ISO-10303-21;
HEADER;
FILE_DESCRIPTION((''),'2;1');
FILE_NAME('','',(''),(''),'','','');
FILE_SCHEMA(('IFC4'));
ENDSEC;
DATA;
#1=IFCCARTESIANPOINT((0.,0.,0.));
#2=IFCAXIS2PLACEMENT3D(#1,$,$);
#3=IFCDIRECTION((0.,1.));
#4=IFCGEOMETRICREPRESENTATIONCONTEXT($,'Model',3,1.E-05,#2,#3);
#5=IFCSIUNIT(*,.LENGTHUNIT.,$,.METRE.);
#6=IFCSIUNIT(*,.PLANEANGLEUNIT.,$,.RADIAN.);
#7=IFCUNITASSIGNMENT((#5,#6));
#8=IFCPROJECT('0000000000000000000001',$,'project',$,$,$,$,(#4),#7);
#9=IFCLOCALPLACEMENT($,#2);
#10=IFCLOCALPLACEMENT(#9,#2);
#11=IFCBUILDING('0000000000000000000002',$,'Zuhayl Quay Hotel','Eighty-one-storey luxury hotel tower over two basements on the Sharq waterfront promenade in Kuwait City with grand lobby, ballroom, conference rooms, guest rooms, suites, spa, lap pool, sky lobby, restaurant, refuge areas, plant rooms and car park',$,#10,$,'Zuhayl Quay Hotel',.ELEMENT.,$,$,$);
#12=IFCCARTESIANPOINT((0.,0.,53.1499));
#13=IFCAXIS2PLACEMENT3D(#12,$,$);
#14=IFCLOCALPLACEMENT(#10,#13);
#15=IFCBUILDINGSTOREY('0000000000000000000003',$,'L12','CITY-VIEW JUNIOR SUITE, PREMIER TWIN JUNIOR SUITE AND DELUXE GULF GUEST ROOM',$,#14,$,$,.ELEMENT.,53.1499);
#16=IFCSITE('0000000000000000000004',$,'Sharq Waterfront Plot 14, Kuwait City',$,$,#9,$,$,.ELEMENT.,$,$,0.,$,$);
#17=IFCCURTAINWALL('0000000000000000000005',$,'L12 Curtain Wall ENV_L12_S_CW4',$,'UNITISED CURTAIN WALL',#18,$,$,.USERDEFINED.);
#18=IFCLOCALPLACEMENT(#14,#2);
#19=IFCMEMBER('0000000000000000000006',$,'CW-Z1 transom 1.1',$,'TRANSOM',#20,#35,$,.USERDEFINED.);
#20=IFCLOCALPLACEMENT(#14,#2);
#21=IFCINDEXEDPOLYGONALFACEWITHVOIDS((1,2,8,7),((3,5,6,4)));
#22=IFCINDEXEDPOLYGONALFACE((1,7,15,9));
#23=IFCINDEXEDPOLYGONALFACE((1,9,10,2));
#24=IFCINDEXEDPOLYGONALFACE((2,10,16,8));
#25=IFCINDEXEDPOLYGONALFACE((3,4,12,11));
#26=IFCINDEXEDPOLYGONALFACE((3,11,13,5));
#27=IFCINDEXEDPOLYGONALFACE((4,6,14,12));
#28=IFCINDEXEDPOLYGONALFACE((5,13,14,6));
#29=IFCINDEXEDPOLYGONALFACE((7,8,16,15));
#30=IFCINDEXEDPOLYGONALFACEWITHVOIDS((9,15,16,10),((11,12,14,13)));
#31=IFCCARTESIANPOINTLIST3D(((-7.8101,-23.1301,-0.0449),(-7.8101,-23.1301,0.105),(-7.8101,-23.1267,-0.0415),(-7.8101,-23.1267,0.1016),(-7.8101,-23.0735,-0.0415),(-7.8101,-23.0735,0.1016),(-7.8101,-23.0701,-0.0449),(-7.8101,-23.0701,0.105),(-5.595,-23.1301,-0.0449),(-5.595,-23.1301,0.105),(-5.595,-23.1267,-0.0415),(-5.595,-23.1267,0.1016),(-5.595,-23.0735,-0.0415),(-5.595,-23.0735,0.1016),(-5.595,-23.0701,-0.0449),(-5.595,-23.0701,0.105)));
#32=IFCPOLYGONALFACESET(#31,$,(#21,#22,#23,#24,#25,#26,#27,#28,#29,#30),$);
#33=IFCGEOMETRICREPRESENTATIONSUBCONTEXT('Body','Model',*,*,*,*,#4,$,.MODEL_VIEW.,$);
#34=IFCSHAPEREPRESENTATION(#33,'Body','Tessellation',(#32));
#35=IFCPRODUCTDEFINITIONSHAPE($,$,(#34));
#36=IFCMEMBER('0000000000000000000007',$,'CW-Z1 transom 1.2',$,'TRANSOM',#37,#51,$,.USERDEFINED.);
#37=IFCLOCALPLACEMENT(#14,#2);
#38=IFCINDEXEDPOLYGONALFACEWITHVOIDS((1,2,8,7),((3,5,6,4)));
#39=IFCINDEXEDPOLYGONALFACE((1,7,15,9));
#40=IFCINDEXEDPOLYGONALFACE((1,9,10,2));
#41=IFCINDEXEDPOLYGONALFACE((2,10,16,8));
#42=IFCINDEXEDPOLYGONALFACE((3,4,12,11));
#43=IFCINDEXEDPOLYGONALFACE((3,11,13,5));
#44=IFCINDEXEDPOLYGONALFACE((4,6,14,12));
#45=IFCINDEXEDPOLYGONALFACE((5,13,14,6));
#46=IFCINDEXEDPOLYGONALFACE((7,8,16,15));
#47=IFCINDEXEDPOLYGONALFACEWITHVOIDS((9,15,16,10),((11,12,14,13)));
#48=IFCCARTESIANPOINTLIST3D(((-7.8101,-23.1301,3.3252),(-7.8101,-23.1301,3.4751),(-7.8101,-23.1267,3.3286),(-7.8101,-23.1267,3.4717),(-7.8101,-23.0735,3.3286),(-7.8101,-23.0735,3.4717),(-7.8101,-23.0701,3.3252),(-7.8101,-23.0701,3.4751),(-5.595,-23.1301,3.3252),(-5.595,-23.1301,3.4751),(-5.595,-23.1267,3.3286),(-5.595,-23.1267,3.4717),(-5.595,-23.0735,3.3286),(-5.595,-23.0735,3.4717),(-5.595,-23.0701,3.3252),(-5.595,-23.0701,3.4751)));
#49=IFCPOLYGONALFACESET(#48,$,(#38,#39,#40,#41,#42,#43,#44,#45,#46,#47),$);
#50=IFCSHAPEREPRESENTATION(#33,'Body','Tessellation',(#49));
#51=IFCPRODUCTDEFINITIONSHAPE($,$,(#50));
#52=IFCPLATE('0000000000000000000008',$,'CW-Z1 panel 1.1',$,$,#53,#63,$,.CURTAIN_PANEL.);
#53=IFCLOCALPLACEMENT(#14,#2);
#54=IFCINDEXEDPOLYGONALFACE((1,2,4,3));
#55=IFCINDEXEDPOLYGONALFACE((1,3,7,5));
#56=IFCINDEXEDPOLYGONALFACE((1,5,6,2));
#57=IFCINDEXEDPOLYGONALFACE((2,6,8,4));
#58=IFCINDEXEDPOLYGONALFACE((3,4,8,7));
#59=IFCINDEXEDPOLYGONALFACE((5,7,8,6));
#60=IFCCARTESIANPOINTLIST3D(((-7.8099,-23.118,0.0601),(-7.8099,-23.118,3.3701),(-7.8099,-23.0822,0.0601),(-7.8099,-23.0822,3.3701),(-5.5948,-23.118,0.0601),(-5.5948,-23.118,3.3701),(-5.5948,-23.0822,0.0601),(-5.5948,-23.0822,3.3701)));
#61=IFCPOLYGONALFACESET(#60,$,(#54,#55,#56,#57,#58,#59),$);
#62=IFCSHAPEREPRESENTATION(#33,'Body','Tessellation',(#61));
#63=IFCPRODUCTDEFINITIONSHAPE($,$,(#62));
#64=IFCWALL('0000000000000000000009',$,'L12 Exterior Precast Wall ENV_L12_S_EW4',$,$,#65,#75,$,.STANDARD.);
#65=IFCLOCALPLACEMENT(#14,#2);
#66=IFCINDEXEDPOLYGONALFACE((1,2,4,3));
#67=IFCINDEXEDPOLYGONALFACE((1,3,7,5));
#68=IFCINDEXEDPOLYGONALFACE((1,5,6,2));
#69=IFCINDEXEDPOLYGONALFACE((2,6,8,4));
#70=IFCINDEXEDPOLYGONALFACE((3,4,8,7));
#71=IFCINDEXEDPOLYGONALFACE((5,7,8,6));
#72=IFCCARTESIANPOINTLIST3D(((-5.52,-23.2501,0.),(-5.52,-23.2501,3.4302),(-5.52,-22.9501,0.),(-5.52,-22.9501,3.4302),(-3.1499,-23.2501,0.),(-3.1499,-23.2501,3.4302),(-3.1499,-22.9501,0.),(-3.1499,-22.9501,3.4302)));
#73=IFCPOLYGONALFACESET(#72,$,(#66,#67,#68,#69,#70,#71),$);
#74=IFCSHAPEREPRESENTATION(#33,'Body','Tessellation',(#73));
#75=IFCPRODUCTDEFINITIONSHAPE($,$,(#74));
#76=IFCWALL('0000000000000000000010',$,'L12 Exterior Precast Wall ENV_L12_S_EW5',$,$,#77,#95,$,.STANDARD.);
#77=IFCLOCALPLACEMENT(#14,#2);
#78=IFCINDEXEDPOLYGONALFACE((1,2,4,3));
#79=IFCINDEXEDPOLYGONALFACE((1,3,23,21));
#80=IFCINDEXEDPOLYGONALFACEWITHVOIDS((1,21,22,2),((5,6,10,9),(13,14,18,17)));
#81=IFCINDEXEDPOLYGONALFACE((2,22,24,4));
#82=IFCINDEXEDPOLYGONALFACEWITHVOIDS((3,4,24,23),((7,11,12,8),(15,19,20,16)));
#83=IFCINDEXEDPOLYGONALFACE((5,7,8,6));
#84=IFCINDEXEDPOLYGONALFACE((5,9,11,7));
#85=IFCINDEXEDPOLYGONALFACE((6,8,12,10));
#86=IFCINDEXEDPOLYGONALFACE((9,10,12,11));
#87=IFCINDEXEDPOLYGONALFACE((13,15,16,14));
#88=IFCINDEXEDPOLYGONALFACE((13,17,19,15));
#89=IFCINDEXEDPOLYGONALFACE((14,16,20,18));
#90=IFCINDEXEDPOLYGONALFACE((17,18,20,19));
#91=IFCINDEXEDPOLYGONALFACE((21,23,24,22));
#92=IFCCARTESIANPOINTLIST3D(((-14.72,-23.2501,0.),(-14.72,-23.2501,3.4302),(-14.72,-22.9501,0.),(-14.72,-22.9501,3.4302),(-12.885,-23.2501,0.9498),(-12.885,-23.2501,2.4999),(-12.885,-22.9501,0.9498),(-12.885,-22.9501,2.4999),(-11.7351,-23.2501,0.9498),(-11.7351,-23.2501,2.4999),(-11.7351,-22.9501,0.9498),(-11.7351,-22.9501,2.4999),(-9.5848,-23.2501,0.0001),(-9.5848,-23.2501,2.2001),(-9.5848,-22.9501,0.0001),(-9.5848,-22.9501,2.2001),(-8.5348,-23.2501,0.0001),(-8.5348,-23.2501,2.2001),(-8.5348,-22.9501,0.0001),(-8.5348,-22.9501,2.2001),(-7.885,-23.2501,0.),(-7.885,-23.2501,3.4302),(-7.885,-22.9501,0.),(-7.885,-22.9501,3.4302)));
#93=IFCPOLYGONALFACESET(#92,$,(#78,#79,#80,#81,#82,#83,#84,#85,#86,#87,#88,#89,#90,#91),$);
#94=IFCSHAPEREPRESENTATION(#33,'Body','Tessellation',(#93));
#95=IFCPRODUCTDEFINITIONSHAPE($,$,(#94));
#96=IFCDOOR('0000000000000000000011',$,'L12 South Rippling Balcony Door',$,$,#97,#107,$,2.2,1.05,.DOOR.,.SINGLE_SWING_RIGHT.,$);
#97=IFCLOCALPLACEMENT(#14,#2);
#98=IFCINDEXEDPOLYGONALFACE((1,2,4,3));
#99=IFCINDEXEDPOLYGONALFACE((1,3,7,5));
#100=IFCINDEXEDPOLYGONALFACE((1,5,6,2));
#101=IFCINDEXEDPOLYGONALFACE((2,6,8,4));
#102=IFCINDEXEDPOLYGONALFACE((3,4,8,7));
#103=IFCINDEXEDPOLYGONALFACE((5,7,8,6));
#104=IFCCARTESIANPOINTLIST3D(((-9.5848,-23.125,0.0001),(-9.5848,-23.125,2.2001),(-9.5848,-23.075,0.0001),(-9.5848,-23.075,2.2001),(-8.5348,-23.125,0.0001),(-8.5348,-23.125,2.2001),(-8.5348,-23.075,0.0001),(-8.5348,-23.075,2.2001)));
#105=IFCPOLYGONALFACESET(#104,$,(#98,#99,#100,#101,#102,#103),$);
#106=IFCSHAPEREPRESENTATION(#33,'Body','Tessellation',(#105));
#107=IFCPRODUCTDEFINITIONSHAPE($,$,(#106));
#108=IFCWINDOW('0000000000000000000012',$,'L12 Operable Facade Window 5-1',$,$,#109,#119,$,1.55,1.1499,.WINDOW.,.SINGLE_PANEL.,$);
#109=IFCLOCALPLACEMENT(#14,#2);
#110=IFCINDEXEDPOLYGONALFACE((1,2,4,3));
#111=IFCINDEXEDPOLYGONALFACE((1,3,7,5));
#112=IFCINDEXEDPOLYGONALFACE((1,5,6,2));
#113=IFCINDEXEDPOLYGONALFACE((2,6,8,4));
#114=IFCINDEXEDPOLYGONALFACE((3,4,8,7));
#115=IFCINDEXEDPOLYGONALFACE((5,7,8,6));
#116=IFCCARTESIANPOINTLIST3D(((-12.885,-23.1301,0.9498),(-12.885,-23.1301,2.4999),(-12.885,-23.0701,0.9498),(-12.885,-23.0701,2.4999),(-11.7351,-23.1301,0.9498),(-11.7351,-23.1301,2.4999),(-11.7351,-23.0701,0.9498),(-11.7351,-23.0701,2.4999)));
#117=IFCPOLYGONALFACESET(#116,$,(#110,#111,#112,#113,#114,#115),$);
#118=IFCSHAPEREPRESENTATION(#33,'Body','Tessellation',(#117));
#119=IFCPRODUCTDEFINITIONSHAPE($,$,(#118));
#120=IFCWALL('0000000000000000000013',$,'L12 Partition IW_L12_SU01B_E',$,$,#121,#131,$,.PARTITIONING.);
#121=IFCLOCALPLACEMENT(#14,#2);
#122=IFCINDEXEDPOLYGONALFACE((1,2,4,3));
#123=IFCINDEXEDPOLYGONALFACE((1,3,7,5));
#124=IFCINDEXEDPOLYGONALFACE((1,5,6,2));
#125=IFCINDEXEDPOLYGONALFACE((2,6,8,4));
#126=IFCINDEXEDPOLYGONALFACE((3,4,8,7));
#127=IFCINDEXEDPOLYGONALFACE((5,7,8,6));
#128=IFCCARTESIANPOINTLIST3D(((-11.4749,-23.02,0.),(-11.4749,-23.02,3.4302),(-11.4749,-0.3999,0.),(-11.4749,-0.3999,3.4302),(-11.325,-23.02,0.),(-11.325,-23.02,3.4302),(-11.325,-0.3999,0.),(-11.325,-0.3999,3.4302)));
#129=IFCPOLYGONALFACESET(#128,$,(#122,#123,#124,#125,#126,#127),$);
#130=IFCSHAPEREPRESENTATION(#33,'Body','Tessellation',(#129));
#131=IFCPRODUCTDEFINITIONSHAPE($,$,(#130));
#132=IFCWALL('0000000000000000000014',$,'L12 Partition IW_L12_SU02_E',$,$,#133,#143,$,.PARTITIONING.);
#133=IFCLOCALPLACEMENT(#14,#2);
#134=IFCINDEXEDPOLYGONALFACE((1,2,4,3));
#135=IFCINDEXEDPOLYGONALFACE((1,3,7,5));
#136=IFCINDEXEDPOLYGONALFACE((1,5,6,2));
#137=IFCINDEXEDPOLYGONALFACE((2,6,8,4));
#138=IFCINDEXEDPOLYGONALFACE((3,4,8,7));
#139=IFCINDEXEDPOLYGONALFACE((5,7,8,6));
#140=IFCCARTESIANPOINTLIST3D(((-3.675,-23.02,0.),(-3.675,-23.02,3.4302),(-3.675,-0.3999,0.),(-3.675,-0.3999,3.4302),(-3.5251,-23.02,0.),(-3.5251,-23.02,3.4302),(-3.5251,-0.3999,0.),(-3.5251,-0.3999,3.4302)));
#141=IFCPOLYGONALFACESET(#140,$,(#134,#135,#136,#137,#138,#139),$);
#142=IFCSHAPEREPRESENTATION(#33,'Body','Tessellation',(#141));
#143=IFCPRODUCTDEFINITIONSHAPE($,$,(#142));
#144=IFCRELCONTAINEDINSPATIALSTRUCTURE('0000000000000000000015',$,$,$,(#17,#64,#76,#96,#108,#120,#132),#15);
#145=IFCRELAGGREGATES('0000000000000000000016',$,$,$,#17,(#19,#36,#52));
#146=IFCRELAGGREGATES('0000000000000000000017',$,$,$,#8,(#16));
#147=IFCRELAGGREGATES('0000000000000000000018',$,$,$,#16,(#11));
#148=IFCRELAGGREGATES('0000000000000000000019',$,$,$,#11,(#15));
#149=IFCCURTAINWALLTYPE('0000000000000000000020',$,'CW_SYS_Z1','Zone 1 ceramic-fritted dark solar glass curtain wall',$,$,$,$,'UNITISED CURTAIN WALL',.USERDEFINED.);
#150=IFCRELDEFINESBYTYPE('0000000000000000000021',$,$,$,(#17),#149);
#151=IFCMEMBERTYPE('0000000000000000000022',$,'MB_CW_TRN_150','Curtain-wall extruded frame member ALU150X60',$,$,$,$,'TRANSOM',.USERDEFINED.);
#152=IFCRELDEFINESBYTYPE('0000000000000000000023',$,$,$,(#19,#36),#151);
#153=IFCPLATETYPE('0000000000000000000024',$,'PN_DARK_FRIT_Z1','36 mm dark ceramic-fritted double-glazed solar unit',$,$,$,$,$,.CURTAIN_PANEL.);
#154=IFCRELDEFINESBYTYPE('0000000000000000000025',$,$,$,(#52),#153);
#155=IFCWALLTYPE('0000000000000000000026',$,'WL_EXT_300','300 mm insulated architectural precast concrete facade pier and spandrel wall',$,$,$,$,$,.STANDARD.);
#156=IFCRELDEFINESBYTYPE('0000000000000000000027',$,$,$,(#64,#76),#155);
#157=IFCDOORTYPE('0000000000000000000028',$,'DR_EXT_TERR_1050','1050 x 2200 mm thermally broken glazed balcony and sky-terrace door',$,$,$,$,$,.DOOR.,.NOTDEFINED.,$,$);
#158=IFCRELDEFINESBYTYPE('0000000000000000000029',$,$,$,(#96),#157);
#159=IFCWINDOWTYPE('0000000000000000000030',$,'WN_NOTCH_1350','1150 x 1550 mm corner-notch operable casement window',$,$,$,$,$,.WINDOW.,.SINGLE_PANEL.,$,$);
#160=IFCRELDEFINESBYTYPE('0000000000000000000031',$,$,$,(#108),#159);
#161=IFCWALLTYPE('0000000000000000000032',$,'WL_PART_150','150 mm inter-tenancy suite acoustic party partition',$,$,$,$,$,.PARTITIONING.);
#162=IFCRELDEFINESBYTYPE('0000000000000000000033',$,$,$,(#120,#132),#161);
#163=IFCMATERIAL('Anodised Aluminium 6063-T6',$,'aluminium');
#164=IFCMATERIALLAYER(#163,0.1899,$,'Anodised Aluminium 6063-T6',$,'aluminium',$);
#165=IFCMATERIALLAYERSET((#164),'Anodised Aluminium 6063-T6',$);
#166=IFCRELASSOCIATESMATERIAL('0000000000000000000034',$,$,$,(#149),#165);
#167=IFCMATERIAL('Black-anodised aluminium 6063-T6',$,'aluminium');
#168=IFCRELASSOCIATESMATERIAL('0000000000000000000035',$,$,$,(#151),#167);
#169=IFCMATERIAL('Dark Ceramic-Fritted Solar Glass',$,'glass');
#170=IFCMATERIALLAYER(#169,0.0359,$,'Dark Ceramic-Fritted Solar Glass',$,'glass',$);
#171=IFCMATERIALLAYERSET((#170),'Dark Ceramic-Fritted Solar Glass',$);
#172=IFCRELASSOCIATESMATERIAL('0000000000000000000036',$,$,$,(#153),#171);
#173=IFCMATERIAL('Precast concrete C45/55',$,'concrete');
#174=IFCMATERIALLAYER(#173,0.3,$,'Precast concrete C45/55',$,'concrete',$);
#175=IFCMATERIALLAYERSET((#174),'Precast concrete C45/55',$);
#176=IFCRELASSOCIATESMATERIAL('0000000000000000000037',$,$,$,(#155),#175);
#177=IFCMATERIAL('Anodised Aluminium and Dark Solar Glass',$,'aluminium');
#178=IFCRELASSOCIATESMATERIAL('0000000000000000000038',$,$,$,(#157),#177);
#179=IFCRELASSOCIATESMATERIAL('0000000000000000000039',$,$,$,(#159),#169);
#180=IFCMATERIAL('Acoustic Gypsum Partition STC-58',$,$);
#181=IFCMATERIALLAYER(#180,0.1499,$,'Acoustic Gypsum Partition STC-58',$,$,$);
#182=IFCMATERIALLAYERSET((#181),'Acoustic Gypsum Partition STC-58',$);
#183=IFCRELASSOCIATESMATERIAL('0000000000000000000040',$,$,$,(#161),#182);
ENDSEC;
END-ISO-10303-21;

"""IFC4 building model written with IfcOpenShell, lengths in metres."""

from ifc_helpers import new_model, si_unit, direction, frame, frame_2d, origin, origin_2d, place, context, subcontext, project, spatial, rectangle, hollow_rectangle, extrude, material, layer, layer_set, material_profile, profile_set, type_object, element, fill, aggregate, save


model = new_model("IFC4")

# Units and contexts
model_context = context("Model", 3, precision=1e-05, world=origin(), true_north=direction((0.0, 1.0)))
body_context = subcontext(model_context, "Body", "Model", "MODEL_VIEW")
ifc_project = project(units=[si_unit("LENGTHUNIT", "METRE"), si_unit("PLANEANGLEUNIT", "RADIAN")], contexts=[model_context])

# Site, building, storey
site_placement = place(None, origin())
site = spatial("IfcSite", under=ifc_project, at=site_placement, Name="Sharq Waterfront Plot 14, Kuwait City", CompositionType="ELEMENT", RefElevation=0.0)
building_placement = place(site_placement, origin())
building = spatial("IfcBuilding", under=site, at=building_placement, Name="Zuhayl Quay Hotel", Description="Eighty-one-storey luxury hotel tower over two basements on the Sharq waterfront promenade in Kuwait City with grand lobby, ballroom, conference rooms, guest rooms, suites, spa, lap pool, sky lobby, restaurant, refuge areas, plant rooms and car park", LongName="Zuhayl Quay Hotel", CompositionType="ELEMENT")
storey_placement = place(building_placement, frame((0.0, 0.0, 53.1499)))
storey = spatial("IfcBuildingStorey", under=building, at=storey_placement, Name="L12", Description="CITY-VIEW JUNIOR SUITE, PREMIER TWIN JUNIOR SUITE AND DELUXE GULF GUEST ROOM", CompositionType="ELEMENT", Elevation=53.1499)

# Shared definitions
ifc_material_1 = material(Name="Anodised Aluminium 6063-T6", Category="aluminium")
ifc_layer_1 = layer(ifc_material_1, 0.1899, Name="Anodised Aluminium 6063-T6", Category="aluminium")
ifc_layer_set_1 = layer_set([ifc_layer_1], Name="Anodised Aluminium 6063-T6")
curtain_wall_type = type_object("IfcCurtainWallType", Name="CW_SYS_Z1", Description="Zone 1 ceramic-fritted dark solar glass curtain wall", ElementType="UNITISED CURTAIN WALL", PredefinedType="USERDEFINED", material=ifc_layer_set_1)
ifc_material_2 = material(Name="Black-anodised aluminium 6063-T6", Category="aluminium")

# Curtain wall, members, plate
curtain_wall_1_placement = place(storey_placement, origin())
curtain_wall_1 = element("IfcCurtainWall", 1, at=curtain_wall_1_placement, inside=storey, type_object=curtain_wall_type, Name="L12 Curtain Wall ENV_L12_S_CW4", ObjectType="UNITISED CURTAIN WALL", PredefinedType="USERDEFINED")
ifc_material_profile_1 = material_profile(ifc_material_2, hollow_rectangle(XDim=0.0601, YDim=0.1499, WallThickness=0.0034, at=origin_2d()), Name="ALU150X60")
ifc_profile_set_1 = profile_set([ifc_material_profile_1], Name="Black-anodised aluminium 6063-T6")
member_type_1 = type_object("IfcMemberType", Name="MB_CW_TRN_150", Description="Curtain-wall extruded frame member ALU150X60", ElementType="TRANSOM", PredefinedType="USERDEFINED", material=ifc_profile_set_1)
member_1_placement = place(storey_placement, frame((-5.595, -23.1001, 0.03), z_axis=(-1.0, 0.0, 0.0), x_axis=(0.0, -1.0, 0.0)))
member_1 = element("IfcMember", 2, at=member_1_placement, type_object=member_type_1, Name="CW-Z1 transom 1.1", ObjectType="TRANSOM", PredefinedType="USERDEFINED", context=body_context, shape_type="SweptSolid", body=[
    extrude(hollow_rectangle(XDim=0.0601, YDim=0.1499, WallThickness=0.0034, at=origin_2d()), origin(), (0.0, 0.0, 1.0), 2.2151),
])
member_2_placement = place(storey_placement, frame((-5.595, -23.1001, 3.4001), z_axis=(-1.0, 0.0, 0.0), x_axis=(0.0, -1.0, 0.0)))
member_2 = element("IfcMember", 3, at=member_2_placement, type_object=member_type_1, Name="CW-Z1 transom 1.2", ObjectType="TRANSOM", PredefinedType="USERDEFINED", context=body_context, shape_type="SweptSolid", body=[
    extrude(hollow_rectangle(XDim=0.0601, YDim=0.1499, WallThickness=0.0034, at=origin_2d()), origin(), (0.0, 0.0, 1.0), 2.2151),
])
ifc_material_3 = material(Name="Dark Ceramic-Fritted Solar Glass", Category="glass")
ifc_layer_2 = layer(ifc_material_3, 0.0359, Name="Dark Ceramic-Fritted Solar Glass", Category="glass")
ifc_layer_set_2 = layer_set([ifc_layer_2], Name="Dark Ceramic-Fritted Solar Glass")
plate_type = type_object("IfcPlateType", Name="PN_DARK_FRIT_Z1", Description="36 mm dark ceramic-fritted double-glazed solar unit", PredefinedType="CURTAIN_PANEL", material=ifc_layer_set_2)
plate_placement = place(storey_placement, frame((-6.7024, -23.1001, 0.0601), z_axis=(0.0, 0.0, 1.0), x_axis=(-1.0, 0.0, 0.0)))
plate = element("IfcPlate", 4, at=plate_placement, type_object=plate_type, Name="CW-Z1 panel 1.1", PredefinedType="CURTAIN_PANEL", context=body_context, shape_type="SweptSolid", body=[
    extrude(rectangle(XDim=2.2151, YDim=0.0359, at=origin_2d()), origin(), (0.0, 0.0, 1.0), 3.3101),
])
aggregate(curtain_wall_1, [member_1, member_2, plate])

# Wall
ifc_material_4 = material(Name="Precast concrete C45/55", Category="concrete")
ifc_layer_3 = layer(ifc_material_4, 0.3, Name="Precast concrete C45/55", Category="concrete")
ifc_layer_set_3 = layer_set([ifc_layer_3], Name="Precast concrete C45/55")
wall_type_1 = type_object("IfcWallType", Name="WL_EXT_300", Description="300 mm insulated architectural precast concrete facade pier and spandrel wall", PredefinedType="STANDARD", material=ifc_layer_set_3)
wall_1_placement = place(storey_placement, frame((-3.1499, -23.1001, 0.0), z_axis=(0.0, 0.0, 1.0), x_axis=(-1.0, 0.0, 0.0)))
element("IfcWall", 5, at=wall_1_placement, inside=storey, type_object=wall_type_1, Name="L12 Exterior Precast Wall ENV_L12_S_EW4", PredefinedType="STANDARD", context=body_context, shape_type="SweptSolid", body=[
    extrude(rectangle(XDim=2.3701, YDim=0.3, at=frame_2d((1.1851, 0.0))), origin(), (0.0, 0.0, 1.0), 3.4302),
])

# Wall, openings, door, window
wall_2_placement = place(storey_placement, frame((-7.885, -23.1001, 0.0), z_axis=(0.0, 0.0, 1.0), x_axis=(-1.0, 0.0, 0.0)))
wall_2 = element("IfcWall", 6, at=wall_2_placement, inside=storey, type_object=wall_type_1, Name="L12 Exterior Precast Wall ENV_L12_S_EW5", PredefinedType="STANDARD", context=body_context, shape_type="SweptSolid", body=[
    extrude(rectangle(XDim=6.835, YDim=0.3, at=frame_2d((3.4175, 0.0))), origin(), (0.0, 0.0, 1.0), 3.4302),
])
opening_1_placement = place(wall_2_placement, frame((0.6499, 0.0, 0.0)))
opening_1 = element("IfcOpeningElement", 7, at=opening_1_placement, cuts=wall_2, PredefinedType="OPENING", context=body_context, shape_type="SweptSolid", body=[
    extrude(rectangle(XDim=1.05, YDim=2.2, at=frame_2d((0.5249, 1.1001))), frame((0.0, 0.1599, 0.0), z_axis=(0.0, -1.0, 0.0), x_axis=(1.0, 0.0, 0.0)), (0.0, 0.0, 1.0), 0.3201),
])
opening_2_placement = place(wall_2_placement, frame((3.8501, 0.0, 0.95)))
opening_2 = element("IfcOpeningElement", 8, at=opening_2_placement, cuts=wall_2, PredefinedType="OPENING", context=body_context, shape_type="SweptSolid", body=[
    extrude(rectangle(XDim=1.1499, YDim=1.55, at=frame_2d((0.575, 0.7749))), frame((0.0, 0.1599, 0.0), z_axis=(0.0, -1.0, 0.0), x_axis=(1.0, 0.0, 0.0)), (0.0, 0.0, 1.0), 0.3201),
])
ifc_material_5 = material(Name="Anodised Aluminium and Dark Solar Glass", Category="aluminium")
door_type = type_object("IfcDoorType", Name="DR_EXT_TERR_1050", Description="1050 x 2200 mm thermally broken glazed balcony and sky-terrace door", OperationType="NOTDEFINED", PredefinedType="DOOR", material=ifc_material_5)
door_placement = place(opening_1_placement, origin())
door = element("IfcDoor", 9, at=door_placement, inside=storey, type_object=door_type, Name="L12 South Rippling Balcony Door", OperationType="SINGLE_SWING_RIGHT", OverallHeight=2.2, OverallWidth=1.05, PredefinedType="DOOR", context=body_context, shape_type="SweptSolid", body=[
    extrude(rectangle(XDim=1.05, YDim=2.2, at=frame_2d((0.5249, 1.1001))), frame((0.0, 0.0249, 0.0), z_axis=(0.0, -1.0, 0.0), x_axis=(1.0, 0.0, 0.0)), (0.0, 0.0, 1.0), 0.05),
])
fill(opening_1, door)
window_type = type_object("IfcWindowType", Name="WN_NOTCH_1350", Description="1150 x 1550 mm corner-notch operable casement window", PartitioningType="SINGLE_PANEL", PredefinedType="WINDOW", material=ifc_material_3)
window_placement = place(opening_2_placement, origin())
window = element("IfcWindow", 10, at=window_placement, inside=storey, type_object=window_type, Name="L12 Operable Facade Window 5-1", OverallHeight=1.55, OverallWidth=1.1499, PartitioningType="SINGLE_PANEL", PredefinedType="WINDOW", context=body_context, shape_type="SweptSolid", body=[
    extrude(rectangle(XDim=1.1499, YDim=1.55, at=frame_2d((0.575, 0.7749))), frame((0.0, 0.03, 0.0), z_axis=(0.0, -1.0, 0.0), x_axis=(1.0, 0.0, 0.0)), (0.0, 0.0, 1.0), 0.0601),
])
fill(opening_2, window)

# Walls
ifc_material_6 = material(Name="Acoustic Gypsum Partition STC-58")
ifc_layer_4 = layer(ifc_material_6, 0.1499, Name="Acoustic Gypsum Partition STC-58")
ifc_layer_set_4 = layer_set([ifc_layer_4], Name="Acoustic Gypsum Partition STC-58")
wall_type_2 = type_object("IfcWallType", Name="WL_PART_150", Description="150 mm inter-tenancy suite acoustic party partition", PredefinedType="PARTITIONING", material=ifc_layer_set_4)
for number, where, z_axis, x_axis, name in (
    (11, (-11.3999, -23.02, 0.0), (0.0, 0.0, 1.0), (0.0, 1.0, 0.0), "L12 Partition IW_L12_SU01B_E"),
    (12, (-3.6001, -23.02, 0.0), (0.0, 0.0, 1.0), (0.0, 1.0, 0.0), "L12 Partition IW_L12_SU02_E"),
):
    element("IfcWall", number, at=place(storey_placement, frame(where, z_axis=z_axis, x_axis=x_axis)), inside=storey, type_object=wall_type_2, Name=name, PredefinedType="PARTITIONING", context=body_context, shape_type="SweptSolid", body=[
        extrude(rectangle(XDim=22.6201, YDim=0.1499, at=frame_2d((11.3101, 0.0))), origin(), (0.0, 0.0, 1.0), 3.4302),
    ])

save(model, "model.ifc")
